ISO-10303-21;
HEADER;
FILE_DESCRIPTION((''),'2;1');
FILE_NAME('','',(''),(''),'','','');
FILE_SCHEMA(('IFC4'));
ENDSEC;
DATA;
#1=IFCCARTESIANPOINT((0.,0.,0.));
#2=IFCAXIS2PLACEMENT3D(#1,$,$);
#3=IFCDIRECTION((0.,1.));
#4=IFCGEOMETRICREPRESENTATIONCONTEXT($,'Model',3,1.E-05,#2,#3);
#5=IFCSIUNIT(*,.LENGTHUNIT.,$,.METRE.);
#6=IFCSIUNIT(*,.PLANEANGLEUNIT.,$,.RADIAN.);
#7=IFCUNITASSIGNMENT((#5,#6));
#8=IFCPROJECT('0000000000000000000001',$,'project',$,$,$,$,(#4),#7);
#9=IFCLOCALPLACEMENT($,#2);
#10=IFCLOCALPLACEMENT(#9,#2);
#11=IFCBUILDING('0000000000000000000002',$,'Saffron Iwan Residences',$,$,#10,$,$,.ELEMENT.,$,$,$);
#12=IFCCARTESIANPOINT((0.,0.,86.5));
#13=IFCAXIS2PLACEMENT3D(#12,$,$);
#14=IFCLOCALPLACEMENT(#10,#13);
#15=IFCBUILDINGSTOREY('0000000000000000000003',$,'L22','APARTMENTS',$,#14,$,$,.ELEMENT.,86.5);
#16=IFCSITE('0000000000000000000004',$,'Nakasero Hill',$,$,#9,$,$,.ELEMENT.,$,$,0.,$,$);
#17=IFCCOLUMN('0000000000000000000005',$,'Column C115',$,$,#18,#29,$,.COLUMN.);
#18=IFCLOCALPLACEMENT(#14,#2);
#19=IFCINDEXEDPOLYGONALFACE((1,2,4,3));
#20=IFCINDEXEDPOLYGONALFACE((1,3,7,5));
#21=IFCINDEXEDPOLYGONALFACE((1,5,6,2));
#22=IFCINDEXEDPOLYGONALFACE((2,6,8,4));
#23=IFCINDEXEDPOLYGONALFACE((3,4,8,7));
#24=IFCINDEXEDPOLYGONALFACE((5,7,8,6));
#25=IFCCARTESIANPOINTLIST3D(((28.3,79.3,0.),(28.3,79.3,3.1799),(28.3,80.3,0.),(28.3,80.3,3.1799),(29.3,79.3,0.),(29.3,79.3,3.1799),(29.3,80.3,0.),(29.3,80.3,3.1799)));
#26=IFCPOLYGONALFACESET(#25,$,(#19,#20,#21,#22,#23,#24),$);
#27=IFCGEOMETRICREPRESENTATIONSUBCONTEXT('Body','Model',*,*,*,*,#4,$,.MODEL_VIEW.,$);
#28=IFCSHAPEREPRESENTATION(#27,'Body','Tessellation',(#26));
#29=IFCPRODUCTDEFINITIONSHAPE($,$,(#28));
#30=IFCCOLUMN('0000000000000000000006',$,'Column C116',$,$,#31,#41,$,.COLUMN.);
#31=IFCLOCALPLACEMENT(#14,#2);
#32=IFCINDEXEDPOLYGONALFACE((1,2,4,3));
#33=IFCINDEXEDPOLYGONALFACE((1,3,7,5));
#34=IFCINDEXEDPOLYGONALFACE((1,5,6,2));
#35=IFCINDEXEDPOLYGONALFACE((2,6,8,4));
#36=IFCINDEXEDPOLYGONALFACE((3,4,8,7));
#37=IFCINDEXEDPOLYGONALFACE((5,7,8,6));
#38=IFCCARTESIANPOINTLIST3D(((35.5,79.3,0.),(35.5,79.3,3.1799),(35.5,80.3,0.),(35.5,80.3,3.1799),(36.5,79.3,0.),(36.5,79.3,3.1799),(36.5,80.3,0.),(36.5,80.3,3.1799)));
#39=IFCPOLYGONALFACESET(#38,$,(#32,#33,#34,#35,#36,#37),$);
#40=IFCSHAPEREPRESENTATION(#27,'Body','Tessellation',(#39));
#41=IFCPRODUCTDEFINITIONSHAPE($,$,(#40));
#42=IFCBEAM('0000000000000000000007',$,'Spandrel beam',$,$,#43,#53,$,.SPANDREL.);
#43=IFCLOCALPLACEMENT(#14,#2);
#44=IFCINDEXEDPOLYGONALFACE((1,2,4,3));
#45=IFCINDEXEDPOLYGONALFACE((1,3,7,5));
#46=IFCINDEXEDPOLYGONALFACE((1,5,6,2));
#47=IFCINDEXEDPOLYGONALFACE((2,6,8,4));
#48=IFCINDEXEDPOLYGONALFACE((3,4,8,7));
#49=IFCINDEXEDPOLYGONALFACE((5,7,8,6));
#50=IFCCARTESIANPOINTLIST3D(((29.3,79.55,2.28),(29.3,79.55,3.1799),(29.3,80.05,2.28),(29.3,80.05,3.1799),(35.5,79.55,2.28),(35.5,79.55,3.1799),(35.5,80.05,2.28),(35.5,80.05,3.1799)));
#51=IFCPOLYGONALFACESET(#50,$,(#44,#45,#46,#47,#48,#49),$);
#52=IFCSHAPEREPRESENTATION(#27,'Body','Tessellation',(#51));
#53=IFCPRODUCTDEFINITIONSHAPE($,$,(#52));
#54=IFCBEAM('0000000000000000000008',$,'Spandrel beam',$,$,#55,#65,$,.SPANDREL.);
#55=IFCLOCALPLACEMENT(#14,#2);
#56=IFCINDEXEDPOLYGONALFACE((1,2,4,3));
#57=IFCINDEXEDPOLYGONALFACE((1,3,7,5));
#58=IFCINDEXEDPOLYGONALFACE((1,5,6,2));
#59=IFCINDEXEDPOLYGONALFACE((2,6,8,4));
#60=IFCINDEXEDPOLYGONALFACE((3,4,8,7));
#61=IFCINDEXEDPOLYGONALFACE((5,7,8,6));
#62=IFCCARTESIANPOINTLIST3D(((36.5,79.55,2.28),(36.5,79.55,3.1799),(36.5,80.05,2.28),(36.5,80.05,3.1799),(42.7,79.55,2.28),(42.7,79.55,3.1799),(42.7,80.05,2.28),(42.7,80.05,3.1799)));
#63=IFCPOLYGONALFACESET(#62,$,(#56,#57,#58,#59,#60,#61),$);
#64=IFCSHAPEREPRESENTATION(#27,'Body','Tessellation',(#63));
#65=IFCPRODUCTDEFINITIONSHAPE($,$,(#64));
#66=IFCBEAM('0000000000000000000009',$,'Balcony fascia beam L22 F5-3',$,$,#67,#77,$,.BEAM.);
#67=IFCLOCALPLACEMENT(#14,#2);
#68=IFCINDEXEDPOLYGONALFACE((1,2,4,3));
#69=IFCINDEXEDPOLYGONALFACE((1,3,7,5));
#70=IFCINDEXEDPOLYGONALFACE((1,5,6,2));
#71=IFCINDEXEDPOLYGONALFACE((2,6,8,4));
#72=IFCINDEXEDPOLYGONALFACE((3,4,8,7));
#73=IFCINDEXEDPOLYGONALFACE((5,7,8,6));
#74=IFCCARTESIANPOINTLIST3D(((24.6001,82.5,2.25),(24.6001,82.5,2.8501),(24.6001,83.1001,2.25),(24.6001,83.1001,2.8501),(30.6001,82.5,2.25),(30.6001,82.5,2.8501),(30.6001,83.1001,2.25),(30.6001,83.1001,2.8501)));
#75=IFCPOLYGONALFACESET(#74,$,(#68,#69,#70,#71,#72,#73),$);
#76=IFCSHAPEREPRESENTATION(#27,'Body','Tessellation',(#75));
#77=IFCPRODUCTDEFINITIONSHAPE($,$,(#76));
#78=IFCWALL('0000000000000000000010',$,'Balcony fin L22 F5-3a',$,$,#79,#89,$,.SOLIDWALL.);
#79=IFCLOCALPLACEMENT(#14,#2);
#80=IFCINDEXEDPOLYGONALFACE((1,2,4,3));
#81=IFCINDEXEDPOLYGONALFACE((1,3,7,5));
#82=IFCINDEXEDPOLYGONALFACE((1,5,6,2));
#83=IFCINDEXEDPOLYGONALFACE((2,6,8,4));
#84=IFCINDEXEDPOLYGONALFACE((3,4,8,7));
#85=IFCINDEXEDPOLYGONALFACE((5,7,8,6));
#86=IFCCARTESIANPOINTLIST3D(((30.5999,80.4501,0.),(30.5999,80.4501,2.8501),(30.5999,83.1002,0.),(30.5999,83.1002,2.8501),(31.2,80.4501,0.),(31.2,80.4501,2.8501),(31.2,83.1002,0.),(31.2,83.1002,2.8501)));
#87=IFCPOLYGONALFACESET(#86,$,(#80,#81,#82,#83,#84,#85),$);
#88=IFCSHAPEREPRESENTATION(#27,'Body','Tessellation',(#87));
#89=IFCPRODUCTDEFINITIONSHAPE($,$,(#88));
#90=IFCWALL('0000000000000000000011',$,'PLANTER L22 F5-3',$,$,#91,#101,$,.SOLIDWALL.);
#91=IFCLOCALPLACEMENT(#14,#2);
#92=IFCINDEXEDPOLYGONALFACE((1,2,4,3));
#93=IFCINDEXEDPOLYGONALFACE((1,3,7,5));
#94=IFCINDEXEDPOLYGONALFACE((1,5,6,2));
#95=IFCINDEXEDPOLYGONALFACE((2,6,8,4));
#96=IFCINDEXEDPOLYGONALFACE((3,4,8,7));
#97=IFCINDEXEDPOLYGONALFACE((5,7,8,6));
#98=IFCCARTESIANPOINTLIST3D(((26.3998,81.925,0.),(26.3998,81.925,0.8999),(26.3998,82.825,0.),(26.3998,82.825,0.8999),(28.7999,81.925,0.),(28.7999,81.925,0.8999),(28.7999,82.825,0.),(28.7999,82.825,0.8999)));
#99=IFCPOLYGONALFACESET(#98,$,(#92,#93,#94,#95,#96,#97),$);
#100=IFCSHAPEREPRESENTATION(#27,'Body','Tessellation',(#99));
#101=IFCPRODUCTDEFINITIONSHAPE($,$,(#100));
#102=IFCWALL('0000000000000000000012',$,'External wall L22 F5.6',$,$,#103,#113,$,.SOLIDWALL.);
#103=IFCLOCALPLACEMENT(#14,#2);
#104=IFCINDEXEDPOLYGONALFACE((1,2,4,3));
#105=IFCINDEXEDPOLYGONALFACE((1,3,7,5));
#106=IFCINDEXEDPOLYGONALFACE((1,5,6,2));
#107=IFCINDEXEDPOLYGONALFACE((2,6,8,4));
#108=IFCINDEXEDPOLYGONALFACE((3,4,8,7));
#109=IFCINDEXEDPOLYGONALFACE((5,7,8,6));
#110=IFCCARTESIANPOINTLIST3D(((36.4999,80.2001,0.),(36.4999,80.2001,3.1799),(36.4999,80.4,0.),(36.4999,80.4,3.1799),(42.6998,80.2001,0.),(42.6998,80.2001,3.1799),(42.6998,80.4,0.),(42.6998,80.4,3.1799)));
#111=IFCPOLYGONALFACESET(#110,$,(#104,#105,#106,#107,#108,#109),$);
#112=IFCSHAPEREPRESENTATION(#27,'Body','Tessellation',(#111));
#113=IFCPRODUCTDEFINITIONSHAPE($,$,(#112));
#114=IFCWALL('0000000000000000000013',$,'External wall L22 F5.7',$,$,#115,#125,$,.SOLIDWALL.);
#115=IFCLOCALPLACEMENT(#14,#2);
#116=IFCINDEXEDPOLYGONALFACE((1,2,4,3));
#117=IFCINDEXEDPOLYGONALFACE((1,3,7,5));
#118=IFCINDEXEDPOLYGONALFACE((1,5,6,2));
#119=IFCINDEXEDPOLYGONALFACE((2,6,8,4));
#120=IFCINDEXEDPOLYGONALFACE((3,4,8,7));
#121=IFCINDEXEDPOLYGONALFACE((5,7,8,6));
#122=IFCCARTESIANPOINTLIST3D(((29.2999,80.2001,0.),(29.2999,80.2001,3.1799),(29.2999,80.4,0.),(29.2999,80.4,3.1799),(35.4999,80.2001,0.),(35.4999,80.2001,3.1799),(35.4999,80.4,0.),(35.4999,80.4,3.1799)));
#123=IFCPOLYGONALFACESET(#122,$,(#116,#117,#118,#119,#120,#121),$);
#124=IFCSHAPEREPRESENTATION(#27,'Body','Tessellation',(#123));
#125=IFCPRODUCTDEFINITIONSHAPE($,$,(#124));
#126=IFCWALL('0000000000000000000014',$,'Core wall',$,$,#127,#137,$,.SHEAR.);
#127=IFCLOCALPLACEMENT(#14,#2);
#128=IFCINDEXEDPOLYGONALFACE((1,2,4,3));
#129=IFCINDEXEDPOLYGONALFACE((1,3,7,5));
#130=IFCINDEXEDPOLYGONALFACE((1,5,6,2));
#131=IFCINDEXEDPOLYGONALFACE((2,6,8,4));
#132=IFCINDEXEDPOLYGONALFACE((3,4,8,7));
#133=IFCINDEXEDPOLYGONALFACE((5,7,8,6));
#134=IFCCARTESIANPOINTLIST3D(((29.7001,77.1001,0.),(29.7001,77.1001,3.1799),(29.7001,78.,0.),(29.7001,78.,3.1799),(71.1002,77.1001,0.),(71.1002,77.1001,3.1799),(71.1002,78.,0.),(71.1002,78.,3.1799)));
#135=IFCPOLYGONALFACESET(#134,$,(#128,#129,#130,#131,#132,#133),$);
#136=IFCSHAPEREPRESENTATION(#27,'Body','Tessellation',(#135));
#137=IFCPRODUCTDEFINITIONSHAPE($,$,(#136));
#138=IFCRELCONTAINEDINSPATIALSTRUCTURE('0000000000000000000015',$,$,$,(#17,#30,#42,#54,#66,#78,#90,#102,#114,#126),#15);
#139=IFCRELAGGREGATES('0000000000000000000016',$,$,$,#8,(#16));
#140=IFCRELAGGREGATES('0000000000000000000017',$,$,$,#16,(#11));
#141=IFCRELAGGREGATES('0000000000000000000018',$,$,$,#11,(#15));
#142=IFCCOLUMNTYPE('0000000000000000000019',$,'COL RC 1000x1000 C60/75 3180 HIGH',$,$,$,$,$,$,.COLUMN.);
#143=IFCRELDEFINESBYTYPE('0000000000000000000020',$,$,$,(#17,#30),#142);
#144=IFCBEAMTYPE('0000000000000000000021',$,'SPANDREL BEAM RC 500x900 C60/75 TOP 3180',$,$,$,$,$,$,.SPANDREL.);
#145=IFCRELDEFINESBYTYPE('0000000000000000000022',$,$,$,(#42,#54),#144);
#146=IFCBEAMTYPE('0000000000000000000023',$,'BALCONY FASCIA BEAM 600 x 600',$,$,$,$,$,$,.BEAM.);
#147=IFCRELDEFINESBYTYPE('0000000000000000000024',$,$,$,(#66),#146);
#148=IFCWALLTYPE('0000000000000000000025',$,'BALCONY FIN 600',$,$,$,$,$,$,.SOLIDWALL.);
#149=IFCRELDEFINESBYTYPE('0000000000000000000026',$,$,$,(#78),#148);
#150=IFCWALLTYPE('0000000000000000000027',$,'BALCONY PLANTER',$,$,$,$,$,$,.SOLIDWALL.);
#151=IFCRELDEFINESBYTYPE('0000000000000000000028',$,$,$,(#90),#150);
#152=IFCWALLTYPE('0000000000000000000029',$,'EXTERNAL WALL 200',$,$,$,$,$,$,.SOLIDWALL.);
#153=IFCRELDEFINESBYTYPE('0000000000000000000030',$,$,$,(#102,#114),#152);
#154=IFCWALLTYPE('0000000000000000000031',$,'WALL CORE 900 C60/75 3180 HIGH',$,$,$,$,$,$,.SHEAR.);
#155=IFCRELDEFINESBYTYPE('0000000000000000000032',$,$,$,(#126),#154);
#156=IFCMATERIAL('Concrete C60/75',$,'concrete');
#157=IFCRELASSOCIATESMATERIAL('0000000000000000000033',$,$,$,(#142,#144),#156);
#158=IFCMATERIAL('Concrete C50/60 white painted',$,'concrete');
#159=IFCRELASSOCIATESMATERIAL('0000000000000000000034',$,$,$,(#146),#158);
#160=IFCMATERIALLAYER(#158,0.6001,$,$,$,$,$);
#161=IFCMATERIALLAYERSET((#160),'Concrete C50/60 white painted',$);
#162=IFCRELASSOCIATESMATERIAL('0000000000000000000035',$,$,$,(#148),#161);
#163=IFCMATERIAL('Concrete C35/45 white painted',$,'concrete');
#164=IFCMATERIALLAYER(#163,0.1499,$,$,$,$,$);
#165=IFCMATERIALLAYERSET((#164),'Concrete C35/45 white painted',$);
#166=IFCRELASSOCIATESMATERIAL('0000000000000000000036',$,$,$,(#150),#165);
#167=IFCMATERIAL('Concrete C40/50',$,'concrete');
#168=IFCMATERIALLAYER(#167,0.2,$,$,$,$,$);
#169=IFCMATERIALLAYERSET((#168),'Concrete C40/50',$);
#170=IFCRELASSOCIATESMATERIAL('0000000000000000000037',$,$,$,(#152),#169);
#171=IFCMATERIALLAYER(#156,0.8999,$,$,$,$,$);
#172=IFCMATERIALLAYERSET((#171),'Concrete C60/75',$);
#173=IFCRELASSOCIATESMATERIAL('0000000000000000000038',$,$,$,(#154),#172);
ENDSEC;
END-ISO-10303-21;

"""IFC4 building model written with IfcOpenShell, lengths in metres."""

from ifc_helpers import new_model, si_unit, direction, frame, frame_2d, origin, origin_2d, place, context, subcontext, project, spatial, rectangle, extrude, source, transform, mapped, material, layer, layer_set, material_profile, profile_set, type_object, element, save


model = new_model("IFC4")

# Units and contexts
model_context = context("Model", 3, precision=1e-05, world=origin(), true_north=direction((0.0, 1.0)))
body_context = subcontext(model_context, "Body", "Model", "MODEL_VIEW")
ifc_project = project(units=[si_unit("LENGTHUNIT", "METRE"), si_unit("PLANEANGLEUNIT", "RADIAN")], contexts=[model_context])

# Site, building, storey
site_placement = place(None, origin())
site = spatial("IfcSite", under=ifc_project, at=site_placement, Name="Nakasero Hill", CompositionType="ELEMENT", RefElevation=0.0)
building_placement = place(site_placement, origin())
building = spatial("IfcBuilding", under=site, at=building_placement, Name="Saffron Iwan Residences", CompositionType="ELEMENT")
storey_placement = place(building_placement, frame((0.0, 0.0, 86.5)))
storey = spatial("IfcBuildingStorey", under=building, at=storey_placement, Name="L22", Description="APARTMENTS", CompositionType="ELEMENT", Elevation=86.5)

# Columns
ifc_material_1 = material(Name="Concrete C60/75", Category="concrete")
ifc_material_profile_1 = material_profile(ifc_material_1, rectangle(XDim=1.0, YDim=1.0, at=origin_2d()), Name="RC 1000x1000")
ifc_profile_set_1 = profile_set([ifc_material_profile_1], Name="Concrete C60/75")
column_type = type_object("IfcColumnType", Name="COL RC 1000x1000 C60/75 3180 HIGH", PredefinedType="COLUMN", material=ifc_profile_set_1)
shared_shape_1 = source(origin(), body_context, "Body", "SweptSolid", [
    extrude(rectangle(XDim=1.0, YDim=1.0, at=origin_2d()), origin(), (0.0, 0.0, 1.0), 3.1799),
])
for number, where, z_axis, x_axis, name in (
    (1, (28.8, 79.8, 0.0), (0.0, 0.0, 1.0), (1.0, 0.0, 0.0), "Column C115"),
    (2, (36.0, 79.8, 0.0), (0.0, 0.0, 1.0), (1.0, 0.0, 0.0), "Column C116"),
):
    element("IfcColumn", number, at=place(storey_placement, frame(where, z_axis=z_axis, x_axis=x_axis)), inside=storey, type_object=column_type, Name=name, PredefinedType="COLUMN", context=body_context, shape_type="MappedRepresentation", body=[
        mapped(shared_shape_1, transform((0.0, 0.0, 0.0))),
    ])

# Beams
ifc_material_profile_2 = material_profile(ifc_material_1, rectangle(XDim=0.5, YDim=0.8999, at=origin_2d()), Name="RC 500x900")
ifc_profile_set_2 = profile_set([ifc_material_profile_2], Name="Concrete C60/75")
beam_type_1 = type_object("IfcBeamType", Name="SPANDREL BEAM RC 500x900 C60/75 TOP 3180", PredefinedType="SPANDREL", material=ifc_profile_set_2)
shared_shape_2 = source(origin(), body_context, "Body", "SweptSolid", [
    extrude(rectangle(XDim=0.5, YDim=0.8999, at=origin_2d()), origin(), (0.0, 0.0, 1.0), 6.2),
])
for number, where, z_axis, x_axis, name in (
    (3, (29.3, 79.8, 2.73), (1.0, 0.0, 0.0), (0.0, 1.0, 0.0), "Spandrel beam"),
    (4, (36.5, 79.8, 2.73), (1.0, 0.0, 0.0), (0.0, 1.0, 0.0), "Spandrel beam"),
):
    element("IfcBeam", number, at=place(storey_placement, frame(where, z_axis=z_axis, x_axis=x_axis)), inside=storey, type_object=beam_type_1, Name=name, PredefinedType="SPANDREL", context=body_context, shape_type="MappedRepresentation", body=[
        mapped(shared_shape_2, transform((0.0, 0.0, 0.0))),
    ])
ifc_material_2 = material(Name="Concrete C50/60 white painted", Category="concrete")
ifc_material_profile_3 = material_profile(ifc_material_2, rectangle(XDim=0.6001, YDim=0.6001, at=origin_2d()), Name="BALCONY FASCIA BEAM 600 x 600")
ifc_profile_set_3 = profile_set([ifc_material_profile_3], Name="Concrete C50/60 white painted")
beam_type_2 = type_object("IfcBeamType", Name="BALCONY FASCIA BEAM 600 x 600", PredefinedType="BEAM", material=ifc_profile_set_3)
shared_shape_3 = source(origin(), body_context, "Body", "SweptSolid", [
    extrude(rectangle(XDim=0.6001, YDim=0.6001, at=origin_2d()), origin(), (0.0, 0.0, 1.0), 6.0),
])
beam_placement = place(storey_placement, frame((30.6001, 82.8, 2.55), z_axis=(-1.0, 0.0, 0.0), x_axis=(0.0, -1.0, 0.0)))
element("IfcBeam", 5, at=beam_placement, inside=storey, type_object=beam_type_2, Name="Balcony fascia beam L22 F5-3", PredefinedType="BEAM", context=body_context, shape_type="MappedRepresentation", body=[
    mapped(shared_shape_3, transform((0.0, 0.0, 0.0))),
])

# Walls
ifc_layer_1 = layer(ifc_material_2, 0.6001)
ifc_layer_set_1 = layer_set([ifc_layer_1], Name="Concrete C50/60 white painted")
wall_type_1 = type_object("IfcWallType", Name="BALCONY FIN 600", PredefinedType="SOLIDWALL", material=ifc_layer_set_1)
wall_1_placement = place(storey_placement, frame((30.8999, 80.45, 0.0), z_axis=(0.0, 0.0, 1.0), x_axis=(0.0, 1.0, 0.0)))
element("IfcWall", 6, at=wall_1_placement, inside=storey, type_object=wall_type_1, Name="Balcony fin L22 F5-3a", PredefinedType="SOLIDWALL", context=body_context, shape_type="SweptSolid", body=[
    extrude(rectangle(XDim=2.6501, YDim=0.6001, at=frame_2d((1.3252, 0.0))), origin(), (0.0, 0.0, 1.0), 2.8501),
])
ifc_material_3 = material(Name="Concrete C35/45 white painted", Category="concrete")
ifc_layer_2 = layer(ifc_material_3, 0.1499)
ifc_layer_set_2 = layer_set([ifc_layer_2], Name="Concrete C35/45 white painted")
wall_type_2 = type_object("IfcWallType", Name="BALCONY PLANTER", PredefinedType="SOLIDWALL", material=ifc_layer_set_2)
wall_2_placement = place(storey_placement, frame((28.8, 82.375, 0.0), z_axis=(0.0, 0.0, 1.0), x_axis=(-1.0, 0.0, 0.0)))
element("IfcWall", 7, at=wall_2_placement, inside=storey, type_object=wall_type_2, Name="PLANTER L22 F5-3", PredefinedType="SOLIDWALL", context=body_context, shape_type="SweptSolid", body=[
    extrude(rectangle(XDim=2.4001, YDim=0.8999, at=frame_2d((1.2002, 0.0))), origin(), (0.0, 0.0, 1.0), 0.8999),
])
ifc_material_4 = material(Name="Concrete C40/50", Category="concrete")
ifc_layer_3 = layer(ifc_material_4, 0.2)
ifc_layer_set_3 = layer_set([ifc_layer_3], Name="Concrete C40/50")
wall_type_3 = type_object("IfcWallType", Name="EXTERNAL WALL 200", PredefinedType="SOLIDWALL", material=ifc_layer_set_3)
for number, where, z_axis, x_axis, name in (
    (8, (42.7, 80.3, 0.0), (0.0, 0.0, 1.0), (-1.0, 0.0, 0.0), "External wall L22 F5.6"),
    (9, (35.5, 80.3, 0.0), (0.0, 0.0, 1.0), (-1.0, 0.0, 0.0), "External wall L22 F5.7"),
):
    element("IfcWall", number, at=place(storey_placement, frame(where, z_axis=z_axis, x_axis=x_axis)), inside=storey, type_object=wall_type_3, Name=name, PredefinedType="SOLIDWALL", context=body_context, shape_type="SweptSolid", body=[
        extrude(rectangle(XDim=6.2, YDim=0.2, at=frame_2d((3.1001, 0.0))), origin(), (0.0, 0.0, 1.0), 3.1799),
    ])
ifc_layer_4 = layer(ifc_material_1, 0.8999)
ifc_layer_set_4 = layer_set([ifc_layer_4], Name="Concrete C60/75")
wall_type_4 = type_object("IfcWallType", Name="WALL CORE 900 C60/75 3180 HIGH", PredefinedType="SHEAR", material=ifc_layer_set_4)
wall_3_placement = place(storey_placement, frame((29.7, 77.55, 0.0), z_axis=(0.0, 0.0, 1.0), x_axis=(1.0, 0.0, 0.0)))
element("IfcWall", 10, at=wall_3_placement, inside=storey, type_object=wall_type_4, Name="Core wall", PredefinedType="SHEAR", context=body_context, shape_type="SweptSolid", body=[
    extrude(rectangle(XDim=41.4001, YDim=0.8999, at=frame_2d((20.7002, 0.0))), origin(), (0.0, 0.0, 1.0), 3.1799),
])

save(model, "model.ifc")
